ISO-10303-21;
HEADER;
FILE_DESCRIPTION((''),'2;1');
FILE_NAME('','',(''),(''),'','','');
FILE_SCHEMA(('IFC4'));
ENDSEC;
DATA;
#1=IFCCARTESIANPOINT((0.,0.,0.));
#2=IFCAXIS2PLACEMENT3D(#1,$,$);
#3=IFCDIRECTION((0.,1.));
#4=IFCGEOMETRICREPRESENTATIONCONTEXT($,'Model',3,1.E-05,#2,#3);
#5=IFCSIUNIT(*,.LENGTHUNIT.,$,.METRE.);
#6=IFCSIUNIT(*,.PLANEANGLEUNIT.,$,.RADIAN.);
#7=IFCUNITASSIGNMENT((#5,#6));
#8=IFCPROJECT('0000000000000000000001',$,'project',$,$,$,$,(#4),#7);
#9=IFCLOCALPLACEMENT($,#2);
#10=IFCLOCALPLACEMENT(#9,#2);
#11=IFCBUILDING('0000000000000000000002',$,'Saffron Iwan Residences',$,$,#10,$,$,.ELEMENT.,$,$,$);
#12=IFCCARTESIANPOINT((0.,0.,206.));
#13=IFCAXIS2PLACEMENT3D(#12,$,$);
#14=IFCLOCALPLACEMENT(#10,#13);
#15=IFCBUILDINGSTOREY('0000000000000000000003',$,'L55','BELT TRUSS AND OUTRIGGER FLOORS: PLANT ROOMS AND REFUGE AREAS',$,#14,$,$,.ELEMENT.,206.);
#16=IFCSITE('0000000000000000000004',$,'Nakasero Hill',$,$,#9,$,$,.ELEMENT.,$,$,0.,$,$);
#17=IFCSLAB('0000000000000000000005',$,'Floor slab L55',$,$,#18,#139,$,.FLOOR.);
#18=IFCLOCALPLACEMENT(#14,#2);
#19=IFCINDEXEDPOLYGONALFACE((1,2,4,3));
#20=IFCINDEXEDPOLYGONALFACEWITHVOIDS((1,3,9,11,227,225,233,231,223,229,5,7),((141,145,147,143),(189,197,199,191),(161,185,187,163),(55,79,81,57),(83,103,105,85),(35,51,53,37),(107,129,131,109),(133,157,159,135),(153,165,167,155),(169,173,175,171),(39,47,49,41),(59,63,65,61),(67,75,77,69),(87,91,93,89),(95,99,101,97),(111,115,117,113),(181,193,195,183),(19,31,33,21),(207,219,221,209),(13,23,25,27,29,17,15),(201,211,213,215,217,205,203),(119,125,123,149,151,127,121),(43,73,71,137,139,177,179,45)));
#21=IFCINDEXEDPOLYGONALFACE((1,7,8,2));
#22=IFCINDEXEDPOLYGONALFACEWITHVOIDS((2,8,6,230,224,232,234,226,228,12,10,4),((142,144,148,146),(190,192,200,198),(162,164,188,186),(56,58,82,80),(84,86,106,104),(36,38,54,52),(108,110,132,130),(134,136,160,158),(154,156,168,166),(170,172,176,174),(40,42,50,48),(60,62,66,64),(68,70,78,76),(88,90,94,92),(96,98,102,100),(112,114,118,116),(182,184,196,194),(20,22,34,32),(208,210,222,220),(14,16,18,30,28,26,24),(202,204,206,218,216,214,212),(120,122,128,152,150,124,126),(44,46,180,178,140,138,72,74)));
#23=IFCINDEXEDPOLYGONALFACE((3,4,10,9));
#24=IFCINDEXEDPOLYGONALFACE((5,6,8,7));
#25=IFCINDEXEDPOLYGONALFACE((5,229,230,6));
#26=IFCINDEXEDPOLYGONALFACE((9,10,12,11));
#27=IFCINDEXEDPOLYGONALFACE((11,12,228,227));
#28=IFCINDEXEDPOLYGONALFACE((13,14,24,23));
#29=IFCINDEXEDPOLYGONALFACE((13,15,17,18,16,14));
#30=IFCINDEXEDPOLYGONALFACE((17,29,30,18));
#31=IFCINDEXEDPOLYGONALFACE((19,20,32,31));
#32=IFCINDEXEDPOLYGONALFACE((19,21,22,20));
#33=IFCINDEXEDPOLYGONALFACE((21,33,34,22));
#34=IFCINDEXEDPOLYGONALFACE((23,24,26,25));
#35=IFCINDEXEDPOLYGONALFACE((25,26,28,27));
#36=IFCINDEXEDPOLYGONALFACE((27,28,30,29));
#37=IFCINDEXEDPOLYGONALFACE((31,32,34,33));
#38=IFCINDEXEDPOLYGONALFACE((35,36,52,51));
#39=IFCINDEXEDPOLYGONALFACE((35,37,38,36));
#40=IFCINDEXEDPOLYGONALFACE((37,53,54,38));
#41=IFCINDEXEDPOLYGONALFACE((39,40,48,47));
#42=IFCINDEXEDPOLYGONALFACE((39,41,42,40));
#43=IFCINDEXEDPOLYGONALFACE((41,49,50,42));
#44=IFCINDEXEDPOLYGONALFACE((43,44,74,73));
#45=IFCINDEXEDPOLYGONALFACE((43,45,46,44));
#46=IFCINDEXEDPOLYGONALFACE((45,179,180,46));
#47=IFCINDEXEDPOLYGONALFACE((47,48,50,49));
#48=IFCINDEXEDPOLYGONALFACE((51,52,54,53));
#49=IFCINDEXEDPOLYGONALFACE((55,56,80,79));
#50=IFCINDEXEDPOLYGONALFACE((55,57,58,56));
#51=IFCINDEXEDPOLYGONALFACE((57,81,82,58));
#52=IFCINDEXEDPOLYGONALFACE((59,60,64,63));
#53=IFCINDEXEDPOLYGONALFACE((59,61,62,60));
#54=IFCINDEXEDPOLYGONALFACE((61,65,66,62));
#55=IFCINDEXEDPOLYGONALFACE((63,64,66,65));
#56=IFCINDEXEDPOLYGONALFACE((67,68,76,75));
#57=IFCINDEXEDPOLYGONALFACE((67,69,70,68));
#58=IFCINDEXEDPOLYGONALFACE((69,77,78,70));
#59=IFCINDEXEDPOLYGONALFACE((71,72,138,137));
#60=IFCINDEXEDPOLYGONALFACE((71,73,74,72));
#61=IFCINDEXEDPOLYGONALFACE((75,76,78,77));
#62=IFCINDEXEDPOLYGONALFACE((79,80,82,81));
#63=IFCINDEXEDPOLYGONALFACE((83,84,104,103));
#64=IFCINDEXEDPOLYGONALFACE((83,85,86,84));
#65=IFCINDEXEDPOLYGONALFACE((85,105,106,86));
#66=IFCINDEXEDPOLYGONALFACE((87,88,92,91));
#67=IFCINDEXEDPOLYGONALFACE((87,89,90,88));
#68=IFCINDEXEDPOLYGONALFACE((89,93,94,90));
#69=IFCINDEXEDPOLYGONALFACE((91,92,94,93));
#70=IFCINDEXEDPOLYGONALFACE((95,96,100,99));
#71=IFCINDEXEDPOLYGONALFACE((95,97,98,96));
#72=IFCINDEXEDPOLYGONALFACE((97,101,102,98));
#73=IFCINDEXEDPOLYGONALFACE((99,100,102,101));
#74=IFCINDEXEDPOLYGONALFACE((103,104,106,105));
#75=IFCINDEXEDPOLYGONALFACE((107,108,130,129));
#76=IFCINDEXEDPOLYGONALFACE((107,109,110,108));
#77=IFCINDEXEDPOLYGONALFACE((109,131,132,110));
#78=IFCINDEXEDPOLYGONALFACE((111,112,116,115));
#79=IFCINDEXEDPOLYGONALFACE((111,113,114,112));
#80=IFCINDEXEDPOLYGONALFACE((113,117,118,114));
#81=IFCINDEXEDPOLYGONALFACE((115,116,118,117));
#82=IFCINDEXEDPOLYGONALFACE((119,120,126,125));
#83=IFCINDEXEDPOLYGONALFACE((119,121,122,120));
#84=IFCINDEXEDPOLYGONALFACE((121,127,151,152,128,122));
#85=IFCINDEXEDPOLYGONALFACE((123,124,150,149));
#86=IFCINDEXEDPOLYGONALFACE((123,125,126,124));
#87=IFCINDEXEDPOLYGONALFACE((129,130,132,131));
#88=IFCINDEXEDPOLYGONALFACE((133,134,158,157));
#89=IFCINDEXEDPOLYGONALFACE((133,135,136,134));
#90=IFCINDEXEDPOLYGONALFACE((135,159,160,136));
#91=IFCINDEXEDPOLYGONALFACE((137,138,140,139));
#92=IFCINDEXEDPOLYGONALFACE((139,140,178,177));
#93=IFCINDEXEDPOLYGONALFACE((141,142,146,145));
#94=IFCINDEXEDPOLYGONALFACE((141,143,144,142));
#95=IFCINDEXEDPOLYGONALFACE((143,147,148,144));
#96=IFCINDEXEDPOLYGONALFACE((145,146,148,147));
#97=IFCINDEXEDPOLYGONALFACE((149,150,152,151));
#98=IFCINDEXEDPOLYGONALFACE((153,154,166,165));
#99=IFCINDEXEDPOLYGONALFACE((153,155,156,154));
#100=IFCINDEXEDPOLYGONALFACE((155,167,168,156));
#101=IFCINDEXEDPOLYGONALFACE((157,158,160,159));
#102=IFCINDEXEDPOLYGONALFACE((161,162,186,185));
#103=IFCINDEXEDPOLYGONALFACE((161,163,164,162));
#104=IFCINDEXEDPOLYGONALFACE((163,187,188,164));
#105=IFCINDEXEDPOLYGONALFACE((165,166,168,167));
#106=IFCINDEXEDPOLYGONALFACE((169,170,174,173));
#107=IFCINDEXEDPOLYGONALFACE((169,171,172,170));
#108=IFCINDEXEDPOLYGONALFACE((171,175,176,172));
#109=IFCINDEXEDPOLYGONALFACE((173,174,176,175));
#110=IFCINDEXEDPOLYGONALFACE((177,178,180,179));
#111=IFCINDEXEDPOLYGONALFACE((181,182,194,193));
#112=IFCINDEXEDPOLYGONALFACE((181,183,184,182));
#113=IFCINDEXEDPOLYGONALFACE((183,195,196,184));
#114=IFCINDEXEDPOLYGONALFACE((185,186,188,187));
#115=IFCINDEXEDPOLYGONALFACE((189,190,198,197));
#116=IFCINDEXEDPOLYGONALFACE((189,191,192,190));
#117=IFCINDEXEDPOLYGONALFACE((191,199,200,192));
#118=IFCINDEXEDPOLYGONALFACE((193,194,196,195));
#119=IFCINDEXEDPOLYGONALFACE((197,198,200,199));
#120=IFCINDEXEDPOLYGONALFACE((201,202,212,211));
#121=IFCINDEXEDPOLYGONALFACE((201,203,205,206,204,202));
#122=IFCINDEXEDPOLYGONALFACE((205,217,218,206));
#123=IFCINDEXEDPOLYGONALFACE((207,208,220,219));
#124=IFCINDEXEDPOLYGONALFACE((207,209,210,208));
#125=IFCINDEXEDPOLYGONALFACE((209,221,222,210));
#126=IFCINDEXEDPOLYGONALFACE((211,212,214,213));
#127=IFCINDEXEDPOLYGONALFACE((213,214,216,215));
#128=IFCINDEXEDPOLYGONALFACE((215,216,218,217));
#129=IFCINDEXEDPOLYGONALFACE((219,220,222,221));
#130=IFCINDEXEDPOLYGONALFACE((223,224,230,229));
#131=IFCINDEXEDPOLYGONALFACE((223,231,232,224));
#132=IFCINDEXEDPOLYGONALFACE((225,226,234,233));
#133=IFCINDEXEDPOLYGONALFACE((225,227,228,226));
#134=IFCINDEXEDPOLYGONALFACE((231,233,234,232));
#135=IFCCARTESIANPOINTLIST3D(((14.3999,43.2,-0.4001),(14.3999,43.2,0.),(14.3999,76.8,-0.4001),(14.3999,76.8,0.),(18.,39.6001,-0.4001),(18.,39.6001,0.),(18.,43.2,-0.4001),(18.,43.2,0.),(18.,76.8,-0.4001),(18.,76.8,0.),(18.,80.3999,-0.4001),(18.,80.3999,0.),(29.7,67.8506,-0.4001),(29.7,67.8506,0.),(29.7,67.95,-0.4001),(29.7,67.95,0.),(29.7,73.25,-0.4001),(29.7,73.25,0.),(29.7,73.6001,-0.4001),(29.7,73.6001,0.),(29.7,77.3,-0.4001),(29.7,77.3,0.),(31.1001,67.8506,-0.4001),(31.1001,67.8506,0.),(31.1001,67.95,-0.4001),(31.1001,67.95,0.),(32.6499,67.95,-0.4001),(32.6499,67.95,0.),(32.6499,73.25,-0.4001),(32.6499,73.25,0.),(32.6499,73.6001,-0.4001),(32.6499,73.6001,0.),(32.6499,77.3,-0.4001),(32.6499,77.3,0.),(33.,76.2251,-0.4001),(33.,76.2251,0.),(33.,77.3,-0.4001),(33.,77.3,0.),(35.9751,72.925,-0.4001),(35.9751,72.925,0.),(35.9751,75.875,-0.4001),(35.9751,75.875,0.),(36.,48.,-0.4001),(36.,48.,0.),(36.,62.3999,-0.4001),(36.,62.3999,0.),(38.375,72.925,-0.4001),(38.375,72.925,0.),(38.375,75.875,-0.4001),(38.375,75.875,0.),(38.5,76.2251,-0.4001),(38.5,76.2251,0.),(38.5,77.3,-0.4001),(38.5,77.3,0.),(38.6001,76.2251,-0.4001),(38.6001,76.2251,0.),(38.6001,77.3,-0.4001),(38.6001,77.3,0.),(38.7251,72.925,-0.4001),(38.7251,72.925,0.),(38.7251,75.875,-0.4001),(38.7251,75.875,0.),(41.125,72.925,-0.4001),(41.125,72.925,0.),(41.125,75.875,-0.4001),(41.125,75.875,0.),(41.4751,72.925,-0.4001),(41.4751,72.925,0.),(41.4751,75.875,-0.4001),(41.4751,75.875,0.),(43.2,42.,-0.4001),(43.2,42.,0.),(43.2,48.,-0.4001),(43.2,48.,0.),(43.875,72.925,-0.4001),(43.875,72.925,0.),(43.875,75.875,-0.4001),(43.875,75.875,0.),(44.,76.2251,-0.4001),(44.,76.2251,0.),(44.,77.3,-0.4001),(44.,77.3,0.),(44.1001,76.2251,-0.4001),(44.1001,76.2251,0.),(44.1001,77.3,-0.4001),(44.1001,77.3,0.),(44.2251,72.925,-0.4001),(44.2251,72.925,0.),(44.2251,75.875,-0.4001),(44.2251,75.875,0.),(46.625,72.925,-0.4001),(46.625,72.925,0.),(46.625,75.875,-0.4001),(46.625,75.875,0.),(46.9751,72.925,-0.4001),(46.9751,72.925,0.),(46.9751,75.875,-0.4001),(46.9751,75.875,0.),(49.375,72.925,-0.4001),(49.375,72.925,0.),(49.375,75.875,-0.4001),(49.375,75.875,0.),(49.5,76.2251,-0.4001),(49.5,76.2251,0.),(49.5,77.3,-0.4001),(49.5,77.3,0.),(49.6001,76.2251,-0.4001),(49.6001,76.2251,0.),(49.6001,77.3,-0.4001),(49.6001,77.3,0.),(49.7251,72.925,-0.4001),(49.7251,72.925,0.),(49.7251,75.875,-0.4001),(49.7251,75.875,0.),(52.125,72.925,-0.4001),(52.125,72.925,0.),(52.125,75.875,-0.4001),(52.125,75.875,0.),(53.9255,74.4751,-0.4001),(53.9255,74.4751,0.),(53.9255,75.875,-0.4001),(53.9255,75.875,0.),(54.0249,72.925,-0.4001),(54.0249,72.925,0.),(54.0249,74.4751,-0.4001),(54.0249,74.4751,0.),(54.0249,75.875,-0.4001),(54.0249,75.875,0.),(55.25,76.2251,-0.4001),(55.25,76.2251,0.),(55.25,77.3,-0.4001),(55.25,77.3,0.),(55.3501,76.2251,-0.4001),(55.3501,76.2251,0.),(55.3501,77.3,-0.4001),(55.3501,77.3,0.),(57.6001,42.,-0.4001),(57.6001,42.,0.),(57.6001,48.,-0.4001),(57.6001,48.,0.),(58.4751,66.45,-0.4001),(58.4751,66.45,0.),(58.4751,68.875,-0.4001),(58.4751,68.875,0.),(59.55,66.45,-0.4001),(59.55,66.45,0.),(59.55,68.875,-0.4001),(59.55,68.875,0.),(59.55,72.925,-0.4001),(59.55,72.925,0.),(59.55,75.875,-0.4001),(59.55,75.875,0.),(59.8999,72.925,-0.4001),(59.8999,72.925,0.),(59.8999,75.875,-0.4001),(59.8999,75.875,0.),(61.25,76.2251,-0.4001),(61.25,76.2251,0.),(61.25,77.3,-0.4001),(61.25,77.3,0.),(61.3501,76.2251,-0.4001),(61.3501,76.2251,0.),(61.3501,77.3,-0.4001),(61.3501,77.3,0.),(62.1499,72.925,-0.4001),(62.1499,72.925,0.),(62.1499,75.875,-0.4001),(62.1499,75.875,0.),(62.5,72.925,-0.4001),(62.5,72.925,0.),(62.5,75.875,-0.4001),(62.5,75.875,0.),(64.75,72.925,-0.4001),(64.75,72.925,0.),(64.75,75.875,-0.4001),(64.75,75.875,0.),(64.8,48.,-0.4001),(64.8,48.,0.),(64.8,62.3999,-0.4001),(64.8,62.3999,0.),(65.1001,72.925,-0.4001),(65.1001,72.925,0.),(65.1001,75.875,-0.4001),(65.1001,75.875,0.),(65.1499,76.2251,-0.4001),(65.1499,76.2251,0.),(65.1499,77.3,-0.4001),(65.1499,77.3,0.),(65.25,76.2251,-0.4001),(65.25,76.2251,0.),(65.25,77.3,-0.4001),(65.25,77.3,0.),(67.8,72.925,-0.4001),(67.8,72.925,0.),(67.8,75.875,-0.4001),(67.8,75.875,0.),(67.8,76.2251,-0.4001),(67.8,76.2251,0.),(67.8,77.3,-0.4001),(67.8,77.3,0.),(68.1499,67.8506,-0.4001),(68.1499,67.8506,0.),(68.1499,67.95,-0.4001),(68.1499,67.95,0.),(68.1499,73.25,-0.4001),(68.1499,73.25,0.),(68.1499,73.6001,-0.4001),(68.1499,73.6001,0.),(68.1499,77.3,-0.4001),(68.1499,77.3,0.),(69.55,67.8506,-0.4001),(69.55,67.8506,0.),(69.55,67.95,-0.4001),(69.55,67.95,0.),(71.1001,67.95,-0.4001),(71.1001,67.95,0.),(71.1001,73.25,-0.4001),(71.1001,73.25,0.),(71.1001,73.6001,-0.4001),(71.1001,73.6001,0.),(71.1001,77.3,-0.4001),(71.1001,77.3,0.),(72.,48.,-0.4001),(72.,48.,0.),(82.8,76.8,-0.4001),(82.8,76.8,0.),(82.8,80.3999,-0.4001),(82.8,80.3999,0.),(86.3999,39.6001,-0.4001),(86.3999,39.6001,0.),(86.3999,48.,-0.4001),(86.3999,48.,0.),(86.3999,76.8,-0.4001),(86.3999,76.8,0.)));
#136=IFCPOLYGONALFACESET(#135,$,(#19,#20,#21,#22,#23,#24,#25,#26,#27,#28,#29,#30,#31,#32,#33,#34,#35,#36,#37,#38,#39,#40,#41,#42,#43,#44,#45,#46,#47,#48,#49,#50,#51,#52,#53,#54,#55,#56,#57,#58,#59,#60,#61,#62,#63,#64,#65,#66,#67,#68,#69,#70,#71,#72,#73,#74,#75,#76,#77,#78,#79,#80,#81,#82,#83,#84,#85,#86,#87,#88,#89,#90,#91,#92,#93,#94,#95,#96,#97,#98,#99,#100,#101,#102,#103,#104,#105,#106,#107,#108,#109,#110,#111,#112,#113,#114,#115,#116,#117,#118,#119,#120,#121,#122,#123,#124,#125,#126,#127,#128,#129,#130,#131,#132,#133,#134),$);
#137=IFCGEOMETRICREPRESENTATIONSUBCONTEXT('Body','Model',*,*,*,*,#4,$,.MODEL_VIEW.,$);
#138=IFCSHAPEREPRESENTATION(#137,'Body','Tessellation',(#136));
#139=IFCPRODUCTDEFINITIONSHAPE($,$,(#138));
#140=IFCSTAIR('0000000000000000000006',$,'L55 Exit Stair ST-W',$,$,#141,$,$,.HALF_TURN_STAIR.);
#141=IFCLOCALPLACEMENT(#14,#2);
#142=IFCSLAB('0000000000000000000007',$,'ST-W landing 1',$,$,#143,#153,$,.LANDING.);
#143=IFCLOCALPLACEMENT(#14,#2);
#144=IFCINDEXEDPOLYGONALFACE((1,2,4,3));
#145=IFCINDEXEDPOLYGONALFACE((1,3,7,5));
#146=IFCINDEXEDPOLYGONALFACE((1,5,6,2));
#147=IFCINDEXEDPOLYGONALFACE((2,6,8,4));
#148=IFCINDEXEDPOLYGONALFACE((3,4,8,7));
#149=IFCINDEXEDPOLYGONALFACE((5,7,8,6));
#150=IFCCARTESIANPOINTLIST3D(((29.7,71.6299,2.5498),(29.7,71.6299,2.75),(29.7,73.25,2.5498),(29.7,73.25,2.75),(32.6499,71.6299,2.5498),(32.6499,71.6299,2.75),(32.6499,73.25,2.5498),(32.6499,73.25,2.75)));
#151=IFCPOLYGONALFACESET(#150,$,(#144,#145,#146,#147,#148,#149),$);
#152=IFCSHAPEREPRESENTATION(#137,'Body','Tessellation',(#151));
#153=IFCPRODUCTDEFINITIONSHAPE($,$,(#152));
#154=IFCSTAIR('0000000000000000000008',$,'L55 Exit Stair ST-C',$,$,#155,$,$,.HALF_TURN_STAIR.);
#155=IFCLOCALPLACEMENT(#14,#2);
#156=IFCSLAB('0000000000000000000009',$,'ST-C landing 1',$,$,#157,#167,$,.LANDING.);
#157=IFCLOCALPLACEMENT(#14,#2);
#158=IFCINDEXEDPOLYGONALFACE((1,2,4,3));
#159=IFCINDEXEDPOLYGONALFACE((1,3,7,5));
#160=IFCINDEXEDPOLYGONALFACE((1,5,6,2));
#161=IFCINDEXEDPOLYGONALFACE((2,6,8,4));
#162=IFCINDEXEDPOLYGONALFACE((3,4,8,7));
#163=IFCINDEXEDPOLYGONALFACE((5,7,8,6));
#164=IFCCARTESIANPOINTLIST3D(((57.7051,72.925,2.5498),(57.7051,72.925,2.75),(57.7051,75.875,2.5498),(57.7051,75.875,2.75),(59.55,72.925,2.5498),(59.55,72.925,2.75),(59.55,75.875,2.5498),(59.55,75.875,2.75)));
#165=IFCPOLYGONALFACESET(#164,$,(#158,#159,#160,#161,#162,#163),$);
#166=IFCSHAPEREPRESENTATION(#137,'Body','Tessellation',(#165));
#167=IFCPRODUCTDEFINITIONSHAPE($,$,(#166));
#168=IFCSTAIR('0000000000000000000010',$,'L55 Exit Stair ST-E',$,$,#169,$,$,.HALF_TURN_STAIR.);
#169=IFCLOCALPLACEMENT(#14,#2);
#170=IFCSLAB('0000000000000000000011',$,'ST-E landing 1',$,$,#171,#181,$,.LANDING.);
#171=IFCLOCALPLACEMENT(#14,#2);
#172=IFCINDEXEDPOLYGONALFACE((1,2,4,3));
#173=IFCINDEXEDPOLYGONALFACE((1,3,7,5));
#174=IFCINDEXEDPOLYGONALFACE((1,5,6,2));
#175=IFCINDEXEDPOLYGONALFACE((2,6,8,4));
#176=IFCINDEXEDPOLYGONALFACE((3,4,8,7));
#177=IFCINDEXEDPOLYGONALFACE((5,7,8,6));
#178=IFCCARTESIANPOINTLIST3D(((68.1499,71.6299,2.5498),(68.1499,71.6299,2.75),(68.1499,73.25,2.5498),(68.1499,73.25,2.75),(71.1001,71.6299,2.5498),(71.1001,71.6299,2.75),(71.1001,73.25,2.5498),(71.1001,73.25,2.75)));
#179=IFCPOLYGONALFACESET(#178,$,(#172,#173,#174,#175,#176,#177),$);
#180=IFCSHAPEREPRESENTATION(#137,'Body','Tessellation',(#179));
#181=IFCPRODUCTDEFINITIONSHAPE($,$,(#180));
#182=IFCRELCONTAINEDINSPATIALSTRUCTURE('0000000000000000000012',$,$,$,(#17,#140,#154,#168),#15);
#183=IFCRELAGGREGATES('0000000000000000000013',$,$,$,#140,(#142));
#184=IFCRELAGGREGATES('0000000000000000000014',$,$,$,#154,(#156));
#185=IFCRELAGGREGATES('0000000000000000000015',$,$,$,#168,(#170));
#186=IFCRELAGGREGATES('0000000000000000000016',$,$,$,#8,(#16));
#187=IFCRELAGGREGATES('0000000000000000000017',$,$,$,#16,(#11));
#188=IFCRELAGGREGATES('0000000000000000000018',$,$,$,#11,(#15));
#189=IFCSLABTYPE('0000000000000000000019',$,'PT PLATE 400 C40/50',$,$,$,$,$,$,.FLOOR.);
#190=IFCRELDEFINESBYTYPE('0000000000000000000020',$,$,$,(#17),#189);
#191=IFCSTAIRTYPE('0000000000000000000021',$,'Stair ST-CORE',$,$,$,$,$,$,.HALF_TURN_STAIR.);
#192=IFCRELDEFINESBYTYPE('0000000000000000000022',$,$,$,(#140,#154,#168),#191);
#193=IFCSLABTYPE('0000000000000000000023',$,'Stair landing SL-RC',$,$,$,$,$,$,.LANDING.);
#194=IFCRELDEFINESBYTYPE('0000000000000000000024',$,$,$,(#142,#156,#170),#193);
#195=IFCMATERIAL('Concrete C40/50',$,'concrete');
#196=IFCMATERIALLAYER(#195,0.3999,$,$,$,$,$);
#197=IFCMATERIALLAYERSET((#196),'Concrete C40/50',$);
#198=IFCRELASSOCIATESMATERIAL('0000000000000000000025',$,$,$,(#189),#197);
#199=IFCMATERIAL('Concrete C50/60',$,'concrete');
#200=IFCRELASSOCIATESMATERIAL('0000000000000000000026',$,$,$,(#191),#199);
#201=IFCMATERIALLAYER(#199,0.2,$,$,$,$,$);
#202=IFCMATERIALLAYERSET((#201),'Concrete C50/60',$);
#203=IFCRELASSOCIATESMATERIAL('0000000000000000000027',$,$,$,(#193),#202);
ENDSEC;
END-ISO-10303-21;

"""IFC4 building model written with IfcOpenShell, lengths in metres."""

from ifc_helpers import new_model, si_unit, direction, frame, origin, place, context, subcontext, project, spatial, polyline, outline, extrude, material, layer, layer_set, type_object, element, aggregate, save


model = new_model("IFC4")

# Units and contexts
model_context = context("Model", 3, precision=1e-05, world=origin(), true_north=direction((0.0, 1.0)))
body_context = subcontext(model_context, "Body", "Model", "MODEL_VIEW")
ifc_project = project(units=[si_unit("LENGTHUNIT", "METRE"), si_unit("PLANEANGLEUNIT", "RADIAN")], contexts=[model_context])

# Site, building, storey
site_placement = place(None, origin())
site = spatial("IfcSite", under=ifc_project, at=site_placement, Name="Nakasero Hill", CompositionType="ELEMENT", RefElevation=0.0)
building_placement = place(site_placement, origin())
building = spatial("IfcBuilding", under=site, at=building_placement, Name="Saffron Iwan Residences", CompositionType="ELEMENT")
storey_placement = place(building_placement, frame((0.0, 0.0, 206.0)))
storey = spatial("IfcBuildingStorey", under=building, at=storey_placement, Name="L55", Description="BELT TRUSS AND OUTRIGGER FLOORS: PLANT ROOMS AND REFUGE AREAS", CompositionType="ELEMENT", Elevation=206.0)

# Slab
ifc_material_1 = material(Name="Concrete C40/50", Category="concrete")
ifc_layer_1 = layer(ifc_material_1, 0.3999)
ifc_layer_set_1 = layer_set([ifc_layer_1], Name="Concrete C40/50")
slab_type_1 = type_object("IfcSlabType", Name="PT PLATE 400 C40/50", PredefinedType="FLOOR", material=ifc_layer_set_1)
slab_1_placement = place(storey_placement, frame((0.0, 0.0, -0.4001)))
element("IfcSlab", 1, at=slab_1_placement, inside=storey, type_object=slab_type_1, Name="Floor slab L55", PredefinedType="FLOOR", context=body_context, shape_type="SweptSolid", body=[
    extrude(outline(polyline([(14.3999, 43.2), (14.3999, 76.8), (18.0, 76.8), (18.0, 80.3999), (82.8, 80.3999), (82.8, 76.8), (86.3999, 76.8), (86.3999, 48.0), (72.0, 48.0), (86.3999, 39.6001), (18.0, 39.6001), (18.0, 43.2), (14.3999, 43.2)]), holes=[polyline([(64.8, 48.0), (64.8, 62.3999), (36.0, 62.3999), (36.0, 48.0), (43.2, 48.0), (43.2, 42.0), (57.6001, 42.0), (57.6001, 48.0), (64.8, 48.0)]), polyline([(29.7, 73.25), (29.7, 67.95), (29.7, 67.8506), (31.1001, 67.8506), (31.1001, 67.95), (32.6499, 67.95), (32.6499, 73.25), (29.7, 73.25)]), polyline([(38.375, 75.875), (35.9751, 75.875), (35.9751, 72.925), (38.375, 72.925), (38.375, 75.875)]), polyline([(41.125, 75.875), (38.7251, 75.875), (38.7251, 72.925), (41.125, 72.925), (41.125, 75.875)]), polyline([(43.875, 72.925), (43.875, 75.875), (41.4751, 75.875), (41.4751, 72.925), (43.875, 72.925)]), polyline([(46.625, 72.925), (46.625, 75.875), (44.2251, 75.875), (44.2251, 72.925), (46.625, 72.925)]), polyline([(49.375, 75.875), (46.9751, 75.875), (46.9751, 72.925), (49.375, 72.925), (49.375, 75.875)]), polyline([(52.125, 72.925), (52.125, 75.875), (49.7251, 75.875), (49.7251, 72.925), (52.125, 72.925)]), polyline([(32.6499, 73.6001), (32.6499, 77.3), (29.7, 77.3), (29.7, 73.6001), (32.6499, 73.6001)]), polyline([(38.5, 77.3), (33.0, 77.3), (33.0, 76.2251), (38.5, 76.2251), (38.5, 77.3)]), polyline([(44.0, 76.2251), (44.0, 77.3), (38.6001, 77.3), (38.6001, 76.2251), (44.0, 76.2251)]), polyline([(49.5, 76.2251), (49.5, 77.3), (44.1001, 77.3), (44.1001, 76.2251), (49.5, 76.2251)]), polyline([(59.55, 68.875), (58.4751, 68.875), (58.4751, 66.45), (59.55, 66.45), (59.55, 68.875)]), polyline([(68.1499, 73.25), (68.1499, 67.95), (68.1499, 67.8506), (69.55, 67.8506), (69.55, 67.95), (71.1001, 67.95), (71.1001, 73.25), (68.1499, 73.25)]), polyline([(54.0249, 74.4751), (54.0249, 72.925), (59.55, 72.925), (59.55, 75.875), (54.0249, 75.875), (53.9255, 75.875), (53.9255, 74.4751), (54.0249, 74.4751)]), polyline([(62.1499, 72.925), (62.1499, 75.875), (59.8999, 75.875), (59.8999, 72.925), (62.1499, 72.925)]), polyline([(64.75, 72.925), (64.75, 75.875), (62.5, 75.875), (62.5, 72.925), (64.75, 72.925)]), polyline([(67.8, 75.875), (65.1001, 75.875), (65.1001, 72.925), (67.8, 72.925), (67.8, 75.875)]), polyline([(71.1001, 73.6001), (71.1001, 77.3), (68.1499, 77.3), (68.1499, 73.6001), (71.1001, 73.6001)]), polyline([(55.25, 76.2251), (55.25, 77.3), (49.6001, 77.3), (49.6001, 76.2251), (55.25, 76.2251)]), polyline([(61.25, 77.3), (55.3501, 77.3), (55.3501, 76.2251), (61.25, 76.2251), (61.25, 77.3)]), polyline([(65.1499, 76.2251), (65.1499, 77.3), (61.3501, 77.3), (61.3501, 76.2251), (65.1499, 76.2251)]), polyline([(67.8, 76.2251), (67.8, 77.3), (65.25, 77.3), (65.25, 76.2251), (67.8, 76.2251)])]), origin(), (0.0, 0.0, 1.0), 0.4001),
])

# Stairs, slabs
ifc_material_2 = material(Name="Concrete C50/60", Category="concrete")
stair_type = type_object("IfcStairType", Name="Stair ST-CORE", PredefinedType="HALF_TURN_STAIR", material=ifc_material_2)
stair_1_placement = place(storey_placement, origin())
stair_1 = element("IfcStair", 2, at=stair_1_placement, inside=storey, type_object=stair_type, Name="L55 Exit Stair ST-W", PredefinedType="HALF_TURN_STAIR")
ifc_layer_2 = layer(ifc_material_2, 0.2)
ifc_layer_set_2 = layer_set([ifc_layer_2], Name="Concrete C50/60")
slab_type_2 = type_object("IfcSlabType", Name="Stair landing SL-RC", PredefinedType="LANDING", material=ifc_layer_set_2)
slab_2_placement = place(storey_placement, frame((0.0, 0.0, 2.5498)))
slab_2 = element("IfcSlab", 3, at=slab_2_placement, type_object=slab_type_2, Name="ST-W landing 1", PredefinedType="LANDING", context=body_context, shape_type="SweptSolid", body=[
    extrude(outline(polyline([(32.6499, 71.6299), (32.6499, 73.25), (29.7, 73.25), (29.7, 71.6299), (32.6499, 71.6299)])), origin(), (0.0, 0.0, 1.0), 0.2002),
])
aggregate(stair_1, [slab_2])
stair_2_placement = place(storey_placement, origin())
stair_2 = element("IfcStair", 4, at=stair_2_placement, inside=storey, type_object=stair_type, Name="L55 Exit Stair ST-C", PredefinedType="HALF_TURN_STAIR")
slab_3_placement = place(storey_placement, frame((0.0, 0.0, 2.5498)))
slab_3 = element("IfcSlab", 5, at=slab_3_placement, type_object=slab_type_2, Name="ST-C landing 1", PredefinedType="LANDING", context=body_context, shape_type="SweptSolid", body=[
    extrude(outline(polyline([(57.7051, 72.925), (59.55, 72.925), (59.55, 75.875), (57.7051, 75.875), (57.7051, 72.925)])), origin(), (0.0, 0.0, 1.0), 0.2002),
])
aggregate(stair_2, [slab_3])
stair_3_placement = place(storey_placement, origin())
stair_3 = element("IfcStair", 6, at=stair_3_placement, inside=storey, type_object=stair_type, Name="L55 Exit Stair ST-E", PredefinedType="HALF_TURN_STAIR")
slab_4_placement = place(storey_placement, frame((0.0, 0.0, 2.5498)))
slab_4 = element("IfcSlab", 7, at=slab_4_placement, type_object=slab_type_2, Name="ST-E landing 1", PredefinedType="LANDING", context=body_context, shape_type="SweptSolid", body=[
    extrude(outline(polyline([(71.1001, 71.6299), (71.1001, 73.25), (68.1499, 73.25), (68.1499, 71.6299), (71.1001, 71.6299)])), origin(), (0.0, 0.0, 1.0), 0.2002),
])
aggregate(stair_3, [slab_4])

save(model, "model.ifc")
